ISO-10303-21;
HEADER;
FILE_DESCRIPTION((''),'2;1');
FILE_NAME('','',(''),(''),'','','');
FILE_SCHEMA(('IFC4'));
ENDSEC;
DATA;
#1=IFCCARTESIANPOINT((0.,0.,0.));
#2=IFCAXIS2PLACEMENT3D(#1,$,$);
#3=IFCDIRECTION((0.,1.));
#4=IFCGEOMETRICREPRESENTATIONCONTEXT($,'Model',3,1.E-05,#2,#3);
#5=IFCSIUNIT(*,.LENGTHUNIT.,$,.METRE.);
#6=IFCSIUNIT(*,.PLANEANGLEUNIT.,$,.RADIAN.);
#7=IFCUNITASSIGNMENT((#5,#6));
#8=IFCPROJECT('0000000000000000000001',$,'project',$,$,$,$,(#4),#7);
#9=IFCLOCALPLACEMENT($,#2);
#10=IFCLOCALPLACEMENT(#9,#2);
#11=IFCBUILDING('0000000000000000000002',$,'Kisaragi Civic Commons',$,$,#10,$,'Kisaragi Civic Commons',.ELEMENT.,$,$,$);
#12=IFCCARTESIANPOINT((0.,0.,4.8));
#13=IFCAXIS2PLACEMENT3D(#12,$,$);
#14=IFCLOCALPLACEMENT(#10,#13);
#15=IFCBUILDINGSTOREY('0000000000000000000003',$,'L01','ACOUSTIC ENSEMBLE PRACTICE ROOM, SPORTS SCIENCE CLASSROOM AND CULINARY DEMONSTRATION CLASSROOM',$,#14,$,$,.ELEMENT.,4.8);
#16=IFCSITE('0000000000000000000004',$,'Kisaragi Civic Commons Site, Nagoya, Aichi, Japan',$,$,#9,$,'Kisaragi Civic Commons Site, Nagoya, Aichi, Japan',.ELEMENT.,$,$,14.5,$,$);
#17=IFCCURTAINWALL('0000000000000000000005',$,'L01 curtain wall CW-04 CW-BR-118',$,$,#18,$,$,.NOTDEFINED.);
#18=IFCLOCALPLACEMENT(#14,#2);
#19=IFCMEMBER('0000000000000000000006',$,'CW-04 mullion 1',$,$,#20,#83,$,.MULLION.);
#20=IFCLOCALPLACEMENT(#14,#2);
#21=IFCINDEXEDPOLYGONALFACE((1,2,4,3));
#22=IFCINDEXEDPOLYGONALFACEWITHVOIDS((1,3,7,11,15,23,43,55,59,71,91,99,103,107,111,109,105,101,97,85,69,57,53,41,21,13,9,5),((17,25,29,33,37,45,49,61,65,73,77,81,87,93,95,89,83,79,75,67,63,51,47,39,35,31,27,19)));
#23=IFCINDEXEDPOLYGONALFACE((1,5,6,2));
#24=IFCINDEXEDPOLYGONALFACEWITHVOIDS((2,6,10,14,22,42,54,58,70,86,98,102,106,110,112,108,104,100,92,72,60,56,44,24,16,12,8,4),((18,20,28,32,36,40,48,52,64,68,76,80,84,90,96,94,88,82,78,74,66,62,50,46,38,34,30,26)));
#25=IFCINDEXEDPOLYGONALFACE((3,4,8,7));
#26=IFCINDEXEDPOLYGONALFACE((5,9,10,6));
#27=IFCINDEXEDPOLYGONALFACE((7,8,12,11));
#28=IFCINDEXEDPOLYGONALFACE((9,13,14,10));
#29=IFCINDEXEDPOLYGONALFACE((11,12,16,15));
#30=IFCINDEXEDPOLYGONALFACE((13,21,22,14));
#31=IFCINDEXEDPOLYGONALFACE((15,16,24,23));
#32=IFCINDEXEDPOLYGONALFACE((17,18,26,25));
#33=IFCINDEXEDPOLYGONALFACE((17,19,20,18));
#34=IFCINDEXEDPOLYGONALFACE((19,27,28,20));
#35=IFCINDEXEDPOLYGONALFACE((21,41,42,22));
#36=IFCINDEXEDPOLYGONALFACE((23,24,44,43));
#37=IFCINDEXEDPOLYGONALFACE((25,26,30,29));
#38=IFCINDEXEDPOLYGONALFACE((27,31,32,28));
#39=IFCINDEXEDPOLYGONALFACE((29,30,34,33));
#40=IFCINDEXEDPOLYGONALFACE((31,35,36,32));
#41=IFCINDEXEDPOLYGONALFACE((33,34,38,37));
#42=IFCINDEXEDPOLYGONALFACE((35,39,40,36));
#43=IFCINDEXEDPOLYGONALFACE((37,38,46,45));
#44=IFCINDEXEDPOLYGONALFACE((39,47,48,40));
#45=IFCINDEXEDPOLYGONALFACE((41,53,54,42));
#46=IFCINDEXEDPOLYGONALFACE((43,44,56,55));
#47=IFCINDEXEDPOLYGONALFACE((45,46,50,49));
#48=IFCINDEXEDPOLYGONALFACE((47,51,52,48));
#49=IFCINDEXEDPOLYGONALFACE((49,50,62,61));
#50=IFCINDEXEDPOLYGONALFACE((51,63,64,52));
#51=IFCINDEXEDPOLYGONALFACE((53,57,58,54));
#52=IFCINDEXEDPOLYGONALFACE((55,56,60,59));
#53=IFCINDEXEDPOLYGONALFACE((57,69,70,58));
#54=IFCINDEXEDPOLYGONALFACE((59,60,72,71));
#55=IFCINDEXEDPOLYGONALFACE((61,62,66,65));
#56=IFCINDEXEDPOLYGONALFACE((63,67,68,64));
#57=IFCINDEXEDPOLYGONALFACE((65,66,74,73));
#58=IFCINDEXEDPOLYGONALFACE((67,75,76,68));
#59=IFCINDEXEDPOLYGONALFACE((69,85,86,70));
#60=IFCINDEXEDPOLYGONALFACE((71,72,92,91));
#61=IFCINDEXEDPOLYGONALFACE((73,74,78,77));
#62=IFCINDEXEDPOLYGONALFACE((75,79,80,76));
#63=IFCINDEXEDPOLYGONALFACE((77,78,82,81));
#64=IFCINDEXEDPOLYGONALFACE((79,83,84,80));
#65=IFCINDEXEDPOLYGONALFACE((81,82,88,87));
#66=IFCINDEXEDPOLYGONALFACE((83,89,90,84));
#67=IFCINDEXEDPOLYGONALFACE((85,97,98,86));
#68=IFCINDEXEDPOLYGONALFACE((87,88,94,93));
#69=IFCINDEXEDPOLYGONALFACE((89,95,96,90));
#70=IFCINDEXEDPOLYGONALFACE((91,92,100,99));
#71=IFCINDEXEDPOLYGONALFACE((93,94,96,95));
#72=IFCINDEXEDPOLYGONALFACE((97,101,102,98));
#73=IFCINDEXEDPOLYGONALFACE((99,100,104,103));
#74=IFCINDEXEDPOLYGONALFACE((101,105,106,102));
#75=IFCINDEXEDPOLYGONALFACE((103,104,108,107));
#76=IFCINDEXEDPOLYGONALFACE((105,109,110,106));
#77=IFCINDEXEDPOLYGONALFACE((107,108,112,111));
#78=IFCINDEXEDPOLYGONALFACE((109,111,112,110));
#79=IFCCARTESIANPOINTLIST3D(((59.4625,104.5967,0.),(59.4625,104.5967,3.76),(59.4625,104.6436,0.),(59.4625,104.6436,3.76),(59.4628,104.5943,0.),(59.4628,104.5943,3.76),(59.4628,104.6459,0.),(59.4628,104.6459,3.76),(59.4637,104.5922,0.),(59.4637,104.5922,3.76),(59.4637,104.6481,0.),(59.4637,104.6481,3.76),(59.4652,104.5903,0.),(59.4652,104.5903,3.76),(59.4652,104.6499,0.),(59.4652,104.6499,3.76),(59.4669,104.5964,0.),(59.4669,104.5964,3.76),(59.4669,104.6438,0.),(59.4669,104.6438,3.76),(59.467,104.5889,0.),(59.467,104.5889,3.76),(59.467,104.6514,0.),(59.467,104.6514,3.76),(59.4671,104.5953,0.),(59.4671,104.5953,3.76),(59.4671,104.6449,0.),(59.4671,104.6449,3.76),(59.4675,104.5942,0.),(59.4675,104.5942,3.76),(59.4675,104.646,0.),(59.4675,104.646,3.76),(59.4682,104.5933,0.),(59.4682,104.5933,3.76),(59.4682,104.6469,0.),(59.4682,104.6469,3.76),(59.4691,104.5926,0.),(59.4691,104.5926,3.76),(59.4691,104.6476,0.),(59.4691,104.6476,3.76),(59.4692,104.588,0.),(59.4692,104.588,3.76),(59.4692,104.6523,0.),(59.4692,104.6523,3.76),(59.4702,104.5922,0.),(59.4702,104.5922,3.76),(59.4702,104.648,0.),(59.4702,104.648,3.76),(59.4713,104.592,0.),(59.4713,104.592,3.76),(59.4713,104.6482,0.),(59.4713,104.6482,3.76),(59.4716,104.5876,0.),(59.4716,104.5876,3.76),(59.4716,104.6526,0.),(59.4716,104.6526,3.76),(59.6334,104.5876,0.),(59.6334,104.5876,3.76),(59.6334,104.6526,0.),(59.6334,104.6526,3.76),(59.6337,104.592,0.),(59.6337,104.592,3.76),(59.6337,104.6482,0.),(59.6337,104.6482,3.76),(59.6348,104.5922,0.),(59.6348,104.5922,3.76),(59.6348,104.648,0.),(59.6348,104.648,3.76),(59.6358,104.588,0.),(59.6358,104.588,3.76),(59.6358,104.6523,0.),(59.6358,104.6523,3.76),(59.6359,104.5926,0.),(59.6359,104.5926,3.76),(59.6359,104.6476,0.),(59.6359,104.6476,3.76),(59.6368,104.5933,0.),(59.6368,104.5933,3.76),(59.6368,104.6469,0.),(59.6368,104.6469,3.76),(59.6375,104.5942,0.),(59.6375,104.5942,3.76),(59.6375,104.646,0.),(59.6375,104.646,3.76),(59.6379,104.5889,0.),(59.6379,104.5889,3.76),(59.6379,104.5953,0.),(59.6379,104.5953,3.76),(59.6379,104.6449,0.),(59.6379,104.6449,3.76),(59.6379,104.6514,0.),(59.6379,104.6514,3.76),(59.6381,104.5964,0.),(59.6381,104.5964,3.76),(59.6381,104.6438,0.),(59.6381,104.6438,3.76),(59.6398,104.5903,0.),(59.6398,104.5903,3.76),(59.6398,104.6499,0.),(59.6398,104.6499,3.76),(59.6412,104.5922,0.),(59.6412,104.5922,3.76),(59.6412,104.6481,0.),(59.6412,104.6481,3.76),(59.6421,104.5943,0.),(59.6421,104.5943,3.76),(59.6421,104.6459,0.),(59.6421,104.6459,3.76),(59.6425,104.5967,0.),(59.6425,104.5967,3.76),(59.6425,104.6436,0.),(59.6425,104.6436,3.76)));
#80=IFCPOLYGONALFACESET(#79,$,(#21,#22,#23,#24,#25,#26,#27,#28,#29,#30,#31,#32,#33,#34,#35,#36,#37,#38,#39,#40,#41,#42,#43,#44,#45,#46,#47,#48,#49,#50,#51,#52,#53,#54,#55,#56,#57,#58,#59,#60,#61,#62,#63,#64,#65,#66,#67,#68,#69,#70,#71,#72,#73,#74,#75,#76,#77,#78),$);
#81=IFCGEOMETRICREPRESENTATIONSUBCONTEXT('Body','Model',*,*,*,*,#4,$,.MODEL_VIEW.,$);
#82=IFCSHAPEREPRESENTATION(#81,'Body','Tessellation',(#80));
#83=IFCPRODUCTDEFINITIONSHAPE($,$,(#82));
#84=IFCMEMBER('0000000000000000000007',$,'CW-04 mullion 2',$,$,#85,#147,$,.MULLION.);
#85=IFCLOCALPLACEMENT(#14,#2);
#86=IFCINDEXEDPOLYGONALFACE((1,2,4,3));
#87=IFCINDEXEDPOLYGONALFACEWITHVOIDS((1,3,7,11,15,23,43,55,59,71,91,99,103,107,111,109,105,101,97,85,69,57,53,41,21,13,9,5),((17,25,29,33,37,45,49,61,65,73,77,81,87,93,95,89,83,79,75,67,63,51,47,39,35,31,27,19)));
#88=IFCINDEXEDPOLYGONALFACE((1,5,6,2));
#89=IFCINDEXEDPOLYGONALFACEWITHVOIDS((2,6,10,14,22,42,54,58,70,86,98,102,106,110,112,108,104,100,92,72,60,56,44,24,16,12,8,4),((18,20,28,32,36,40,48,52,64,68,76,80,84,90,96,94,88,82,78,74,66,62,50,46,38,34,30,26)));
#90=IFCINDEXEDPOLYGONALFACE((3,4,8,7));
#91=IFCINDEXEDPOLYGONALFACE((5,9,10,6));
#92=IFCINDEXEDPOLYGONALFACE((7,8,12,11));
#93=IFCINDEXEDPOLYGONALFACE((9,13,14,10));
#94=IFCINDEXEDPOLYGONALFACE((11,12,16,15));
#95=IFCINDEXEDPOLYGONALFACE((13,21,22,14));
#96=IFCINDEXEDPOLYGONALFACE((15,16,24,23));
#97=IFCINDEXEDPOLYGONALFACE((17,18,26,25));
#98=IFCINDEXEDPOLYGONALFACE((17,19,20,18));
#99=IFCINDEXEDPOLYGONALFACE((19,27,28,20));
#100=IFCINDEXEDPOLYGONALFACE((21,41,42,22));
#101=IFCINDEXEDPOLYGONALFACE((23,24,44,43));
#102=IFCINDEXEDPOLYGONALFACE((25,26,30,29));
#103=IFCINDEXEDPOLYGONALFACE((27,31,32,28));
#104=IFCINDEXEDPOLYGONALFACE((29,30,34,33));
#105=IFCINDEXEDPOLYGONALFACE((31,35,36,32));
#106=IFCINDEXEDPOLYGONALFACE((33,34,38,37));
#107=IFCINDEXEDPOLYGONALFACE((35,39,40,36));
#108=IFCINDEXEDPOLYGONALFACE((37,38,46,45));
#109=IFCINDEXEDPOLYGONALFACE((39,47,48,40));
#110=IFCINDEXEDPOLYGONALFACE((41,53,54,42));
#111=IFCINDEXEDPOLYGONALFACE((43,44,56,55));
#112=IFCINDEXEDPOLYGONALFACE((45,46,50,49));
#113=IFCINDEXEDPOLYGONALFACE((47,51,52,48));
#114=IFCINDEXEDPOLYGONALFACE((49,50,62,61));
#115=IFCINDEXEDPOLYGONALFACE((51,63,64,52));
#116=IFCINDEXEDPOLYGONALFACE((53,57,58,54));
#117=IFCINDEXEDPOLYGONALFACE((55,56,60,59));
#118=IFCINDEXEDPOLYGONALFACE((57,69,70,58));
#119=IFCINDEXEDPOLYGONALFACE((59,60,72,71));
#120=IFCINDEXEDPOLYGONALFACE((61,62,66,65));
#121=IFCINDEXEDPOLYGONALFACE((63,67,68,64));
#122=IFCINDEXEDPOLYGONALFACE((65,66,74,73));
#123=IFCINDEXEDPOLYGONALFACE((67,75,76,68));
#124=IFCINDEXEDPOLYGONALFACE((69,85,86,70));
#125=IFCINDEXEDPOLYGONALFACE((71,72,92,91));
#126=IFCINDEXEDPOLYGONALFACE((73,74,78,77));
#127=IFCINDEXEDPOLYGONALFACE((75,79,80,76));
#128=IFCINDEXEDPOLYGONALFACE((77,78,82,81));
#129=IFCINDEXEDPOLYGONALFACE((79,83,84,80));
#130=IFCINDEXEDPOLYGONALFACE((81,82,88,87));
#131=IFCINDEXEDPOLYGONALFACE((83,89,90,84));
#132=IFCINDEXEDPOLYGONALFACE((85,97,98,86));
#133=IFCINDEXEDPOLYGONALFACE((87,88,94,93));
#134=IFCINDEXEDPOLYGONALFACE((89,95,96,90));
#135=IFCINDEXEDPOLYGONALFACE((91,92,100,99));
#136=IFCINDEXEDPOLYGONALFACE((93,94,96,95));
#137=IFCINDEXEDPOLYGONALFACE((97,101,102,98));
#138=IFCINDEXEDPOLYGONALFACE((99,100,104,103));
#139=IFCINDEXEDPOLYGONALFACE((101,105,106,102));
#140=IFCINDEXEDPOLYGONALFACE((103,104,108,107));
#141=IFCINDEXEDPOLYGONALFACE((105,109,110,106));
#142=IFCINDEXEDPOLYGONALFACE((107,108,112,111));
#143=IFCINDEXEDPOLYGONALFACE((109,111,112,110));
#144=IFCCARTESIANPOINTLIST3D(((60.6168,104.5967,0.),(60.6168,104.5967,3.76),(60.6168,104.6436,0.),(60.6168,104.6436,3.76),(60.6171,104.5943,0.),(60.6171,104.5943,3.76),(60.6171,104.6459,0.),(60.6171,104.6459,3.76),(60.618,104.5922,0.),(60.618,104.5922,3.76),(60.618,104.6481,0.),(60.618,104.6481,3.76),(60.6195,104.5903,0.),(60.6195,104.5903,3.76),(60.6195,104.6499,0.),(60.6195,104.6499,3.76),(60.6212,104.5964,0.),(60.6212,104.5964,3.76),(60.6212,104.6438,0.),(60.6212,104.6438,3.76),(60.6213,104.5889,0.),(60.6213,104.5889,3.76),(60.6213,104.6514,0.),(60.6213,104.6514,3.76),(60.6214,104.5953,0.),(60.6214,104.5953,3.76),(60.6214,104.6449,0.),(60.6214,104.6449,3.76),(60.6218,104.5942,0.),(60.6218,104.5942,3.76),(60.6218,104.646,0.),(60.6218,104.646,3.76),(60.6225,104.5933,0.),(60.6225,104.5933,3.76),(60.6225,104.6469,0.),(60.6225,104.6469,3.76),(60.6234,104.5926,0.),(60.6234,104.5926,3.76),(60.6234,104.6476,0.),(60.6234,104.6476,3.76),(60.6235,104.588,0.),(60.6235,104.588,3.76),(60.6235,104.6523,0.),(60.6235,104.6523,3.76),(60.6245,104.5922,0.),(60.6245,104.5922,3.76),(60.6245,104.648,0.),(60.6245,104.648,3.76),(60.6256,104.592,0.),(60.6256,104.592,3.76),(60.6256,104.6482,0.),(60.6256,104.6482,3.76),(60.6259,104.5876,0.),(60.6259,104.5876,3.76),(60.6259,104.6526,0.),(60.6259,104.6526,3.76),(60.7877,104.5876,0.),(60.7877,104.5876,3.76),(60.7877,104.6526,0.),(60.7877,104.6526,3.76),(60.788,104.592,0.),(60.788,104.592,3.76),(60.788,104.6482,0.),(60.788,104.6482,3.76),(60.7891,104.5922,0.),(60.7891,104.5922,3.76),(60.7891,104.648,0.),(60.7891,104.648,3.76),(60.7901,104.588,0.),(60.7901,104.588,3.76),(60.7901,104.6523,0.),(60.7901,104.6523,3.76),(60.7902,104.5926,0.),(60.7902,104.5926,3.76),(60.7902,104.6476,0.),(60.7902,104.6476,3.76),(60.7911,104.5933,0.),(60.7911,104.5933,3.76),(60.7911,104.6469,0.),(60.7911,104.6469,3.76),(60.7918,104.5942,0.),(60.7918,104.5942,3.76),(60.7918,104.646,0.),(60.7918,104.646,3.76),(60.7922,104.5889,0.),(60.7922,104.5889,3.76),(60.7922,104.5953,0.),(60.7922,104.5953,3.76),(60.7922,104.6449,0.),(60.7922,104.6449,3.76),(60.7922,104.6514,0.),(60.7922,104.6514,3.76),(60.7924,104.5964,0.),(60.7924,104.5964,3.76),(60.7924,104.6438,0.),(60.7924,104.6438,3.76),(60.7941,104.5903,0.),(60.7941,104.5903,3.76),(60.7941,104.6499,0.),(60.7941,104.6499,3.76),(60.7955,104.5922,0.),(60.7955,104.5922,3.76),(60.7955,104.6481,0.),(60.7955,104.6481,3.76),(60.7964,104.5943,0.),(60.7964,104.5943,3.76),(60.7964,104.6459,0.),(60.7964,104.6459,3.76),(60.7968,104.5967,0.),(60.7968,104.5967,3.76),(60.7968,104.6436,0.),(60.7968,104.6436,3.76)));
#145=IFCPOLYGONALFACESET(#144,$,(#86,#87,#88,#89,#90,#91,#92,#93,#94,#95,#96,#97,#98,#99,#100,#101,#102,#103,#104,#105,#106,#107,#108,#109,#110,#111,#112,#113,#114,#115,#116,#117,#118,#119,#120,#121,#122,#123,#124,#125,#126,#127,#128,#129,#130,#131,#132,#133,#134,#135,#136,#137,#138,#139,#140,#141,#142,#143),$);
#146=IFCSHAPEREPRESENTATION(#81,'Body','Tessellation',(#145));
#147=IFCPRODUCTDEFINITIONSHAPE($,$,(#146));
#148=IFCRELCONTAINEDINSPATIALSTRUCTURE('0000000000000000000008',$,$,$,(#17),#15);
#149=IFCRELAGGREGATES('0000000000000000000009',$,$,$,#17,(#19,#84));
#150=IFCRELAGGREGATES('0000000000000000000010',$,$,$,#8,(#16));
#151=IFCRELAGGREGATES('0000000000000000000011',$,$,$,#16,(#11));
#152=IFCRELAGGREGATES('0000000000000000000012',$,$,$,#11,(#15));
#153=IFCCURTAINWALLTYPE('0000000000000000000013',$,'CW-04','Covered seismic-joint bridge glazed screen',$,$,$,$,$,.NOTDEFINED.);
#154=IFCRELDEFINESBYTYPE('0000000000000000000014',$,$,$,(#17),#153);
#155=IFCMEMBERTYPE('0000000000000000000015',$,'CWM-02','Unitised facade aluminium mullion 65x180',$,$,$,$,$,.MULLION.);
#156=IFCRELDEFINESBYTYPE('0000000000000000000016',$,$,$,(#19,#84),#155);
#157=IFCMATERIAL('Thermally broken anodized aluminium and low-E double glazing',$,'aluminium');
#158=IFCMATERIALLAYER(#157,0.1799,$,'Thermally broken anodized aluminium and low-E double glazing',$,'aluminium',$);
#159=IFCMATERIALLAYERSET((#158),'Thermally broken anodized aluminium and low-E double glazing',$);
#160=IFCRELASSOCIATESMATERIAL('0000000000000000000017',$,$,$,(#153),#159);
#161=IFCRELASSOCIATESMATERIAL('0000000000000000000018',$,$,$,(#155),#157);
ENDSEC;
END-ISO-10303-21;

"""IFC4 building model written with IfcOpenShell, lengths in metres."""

from ifc_helpers import new_model, si_unit, direction, frame, origin, origin_2d, place, context, subcontext, project, spatial, hollow_rectangle, extrude, material, layer, layer_set, material_profile, profile_set, type_object, element, aggregate, save


model = new_model("IFC4")

# Units and contexts
model_context = context("Model", 3, precision=1e-05, world=origin(), true_north=direction((0.0, 1.0)))
body_context = subcontext(model_context, "Body", "Model", "MODEL_VIEW")
ifc_project = project(units=[si_unit("LENGTHUNIT", "METRE"), si_unit("PLANEANGLEUNIT", "RADIAN")], contexts=[model_context])

# Site, building, storey
site_placement = place(None, origin())
site = spatial("IfcSite", under=ifc_project, at=site_placement, Name="Kisaragi Civic Commons Site, Nagoya, Aichi, Japan", LongName="Kisaragi Civic Commons Site, Nagoya, Aichi, Japan", CompositionType="ELEMENT", RefElevation=14.5)
building_placement = place(site_placement, origin())
building = spatial("IfcBuilding", under=site, at=building_placement, Name="Kisaragi Civic Commons", LongName="Kisaragi Civic Commons", CompositionType="ELEMENT")
storey_placement = place(building_placement, frame((0.0, 0.0, 4.8)))
storey = spatial("IfcBuildingStorey", under=building, at=storey_placement, Name="L01", Description="ACOUSTIC ENSEMBLE PRACTICE ROOM, SPORTS SCIENCE CLASSROOM AND CULINARY DEMONSTRATION CLASSROOM", CompositionType="ELEMENT", Elevation=4.8)

# Curtain wall, members
ifc_material = material(Name="Thermally broken anodized aluminium and low-E double glazing", Category="aluminium")
ifc_layer_1 = layer(ifc_material, 0.1799, Name="Thermally broken anodized aluminium and low-E double glazing", Category="aluminium")
ifc_layer_set_1 = layer_set([ifc_layer_1], Name="Thermally broken anodized aluminium and low-E double glazing")
curtain_wall_type = type_object("IfcCurtainWallType", Name="CW-04", Description="Covered seismic-joint bridge glazed screen", PredefinedType="NOTDEFINED", material=ifc_layer_set_1)
ifc_material_profile_1 = material_profile(ifc_material, hollow_rectangle(XDim=0.0649, YDim=0.1799, WallThickness=0.0044, InnerFilletRadius=0.0044, OuterFilletRadius=0.009, at=origin_2d()), Name="CWM-65x180x4.5", Category="aluminium")
ifc_profile_set_1 = profile_set([ifc_material_profile_1], Name="Thermally broken anodized aluminium and low-E double glazing")
member_type_1 = type_object("IfcMemberType", Name="CWM-02", Description="Unitised facade aluminium mullion 65x180", PredefinedType="MULLION", material=ifc_profile_set_1)
curtain_wall_1_placement = place(storey_placement, origin())
curtain_wall_1 = element("IfcCurtainWall", 1, at=curtain_wall_1_placement, inside=storey, type_object=curtain_wall_type, Name="L01 curtain wall CW-04 CW-BR-118", PredefinedType="NOTDEFINED")
member_1_placement = place(storey_placement, frame((59.5525, 104.6201, 0.0), z_axis=(0.0, 0.0, 1.0), x_axis=(0.0, 1.0, 0.0)))
member_1 = element("IfcMember", 2, at=member_1_placement, type_object=member_type_1, Name="CW-04 mullion 1", PredefinedType="MULLION", context=body_context, shape_type="SweptSolid", body=[
    extrude(hollow_rectangle(XDim=0.0649, YDim=0.1799, WallThickness=0.0044, InnerFilletRadius=0.0044, OuterFilletRadius=0.009, at=origin_2d()), origin(), (0.0, 0.0, 1.0), 3.76),
])
member_2_placement = place(storey_placement, frame((60.7068, 104.6201, 0.0), z_axis=(0.0, 0.0, 1.0), x_axis=(0.0, 1.0, 0.0)))
member_2 = element("IfcMember", 3, at=member_2_placement, type_object=member_type_1, Name="CW-04 mullion 2", PredefinedType="MULLION", context=body_context, shape_type="SweptSolid", body=[
    extrude(hollow_rectangle(XDim=0.0649, YDim=0.1799, WallThickness=0.0044, InnerFilletRadius=0.0044, OuterFilletRadius=0.009, at=origin_2d()), origin(), (0.0, 0.0, 1.0), 3.76),
])

aggregate(curtain_wall_1, [member_1, member_2])

save(model, "model.ifc")
